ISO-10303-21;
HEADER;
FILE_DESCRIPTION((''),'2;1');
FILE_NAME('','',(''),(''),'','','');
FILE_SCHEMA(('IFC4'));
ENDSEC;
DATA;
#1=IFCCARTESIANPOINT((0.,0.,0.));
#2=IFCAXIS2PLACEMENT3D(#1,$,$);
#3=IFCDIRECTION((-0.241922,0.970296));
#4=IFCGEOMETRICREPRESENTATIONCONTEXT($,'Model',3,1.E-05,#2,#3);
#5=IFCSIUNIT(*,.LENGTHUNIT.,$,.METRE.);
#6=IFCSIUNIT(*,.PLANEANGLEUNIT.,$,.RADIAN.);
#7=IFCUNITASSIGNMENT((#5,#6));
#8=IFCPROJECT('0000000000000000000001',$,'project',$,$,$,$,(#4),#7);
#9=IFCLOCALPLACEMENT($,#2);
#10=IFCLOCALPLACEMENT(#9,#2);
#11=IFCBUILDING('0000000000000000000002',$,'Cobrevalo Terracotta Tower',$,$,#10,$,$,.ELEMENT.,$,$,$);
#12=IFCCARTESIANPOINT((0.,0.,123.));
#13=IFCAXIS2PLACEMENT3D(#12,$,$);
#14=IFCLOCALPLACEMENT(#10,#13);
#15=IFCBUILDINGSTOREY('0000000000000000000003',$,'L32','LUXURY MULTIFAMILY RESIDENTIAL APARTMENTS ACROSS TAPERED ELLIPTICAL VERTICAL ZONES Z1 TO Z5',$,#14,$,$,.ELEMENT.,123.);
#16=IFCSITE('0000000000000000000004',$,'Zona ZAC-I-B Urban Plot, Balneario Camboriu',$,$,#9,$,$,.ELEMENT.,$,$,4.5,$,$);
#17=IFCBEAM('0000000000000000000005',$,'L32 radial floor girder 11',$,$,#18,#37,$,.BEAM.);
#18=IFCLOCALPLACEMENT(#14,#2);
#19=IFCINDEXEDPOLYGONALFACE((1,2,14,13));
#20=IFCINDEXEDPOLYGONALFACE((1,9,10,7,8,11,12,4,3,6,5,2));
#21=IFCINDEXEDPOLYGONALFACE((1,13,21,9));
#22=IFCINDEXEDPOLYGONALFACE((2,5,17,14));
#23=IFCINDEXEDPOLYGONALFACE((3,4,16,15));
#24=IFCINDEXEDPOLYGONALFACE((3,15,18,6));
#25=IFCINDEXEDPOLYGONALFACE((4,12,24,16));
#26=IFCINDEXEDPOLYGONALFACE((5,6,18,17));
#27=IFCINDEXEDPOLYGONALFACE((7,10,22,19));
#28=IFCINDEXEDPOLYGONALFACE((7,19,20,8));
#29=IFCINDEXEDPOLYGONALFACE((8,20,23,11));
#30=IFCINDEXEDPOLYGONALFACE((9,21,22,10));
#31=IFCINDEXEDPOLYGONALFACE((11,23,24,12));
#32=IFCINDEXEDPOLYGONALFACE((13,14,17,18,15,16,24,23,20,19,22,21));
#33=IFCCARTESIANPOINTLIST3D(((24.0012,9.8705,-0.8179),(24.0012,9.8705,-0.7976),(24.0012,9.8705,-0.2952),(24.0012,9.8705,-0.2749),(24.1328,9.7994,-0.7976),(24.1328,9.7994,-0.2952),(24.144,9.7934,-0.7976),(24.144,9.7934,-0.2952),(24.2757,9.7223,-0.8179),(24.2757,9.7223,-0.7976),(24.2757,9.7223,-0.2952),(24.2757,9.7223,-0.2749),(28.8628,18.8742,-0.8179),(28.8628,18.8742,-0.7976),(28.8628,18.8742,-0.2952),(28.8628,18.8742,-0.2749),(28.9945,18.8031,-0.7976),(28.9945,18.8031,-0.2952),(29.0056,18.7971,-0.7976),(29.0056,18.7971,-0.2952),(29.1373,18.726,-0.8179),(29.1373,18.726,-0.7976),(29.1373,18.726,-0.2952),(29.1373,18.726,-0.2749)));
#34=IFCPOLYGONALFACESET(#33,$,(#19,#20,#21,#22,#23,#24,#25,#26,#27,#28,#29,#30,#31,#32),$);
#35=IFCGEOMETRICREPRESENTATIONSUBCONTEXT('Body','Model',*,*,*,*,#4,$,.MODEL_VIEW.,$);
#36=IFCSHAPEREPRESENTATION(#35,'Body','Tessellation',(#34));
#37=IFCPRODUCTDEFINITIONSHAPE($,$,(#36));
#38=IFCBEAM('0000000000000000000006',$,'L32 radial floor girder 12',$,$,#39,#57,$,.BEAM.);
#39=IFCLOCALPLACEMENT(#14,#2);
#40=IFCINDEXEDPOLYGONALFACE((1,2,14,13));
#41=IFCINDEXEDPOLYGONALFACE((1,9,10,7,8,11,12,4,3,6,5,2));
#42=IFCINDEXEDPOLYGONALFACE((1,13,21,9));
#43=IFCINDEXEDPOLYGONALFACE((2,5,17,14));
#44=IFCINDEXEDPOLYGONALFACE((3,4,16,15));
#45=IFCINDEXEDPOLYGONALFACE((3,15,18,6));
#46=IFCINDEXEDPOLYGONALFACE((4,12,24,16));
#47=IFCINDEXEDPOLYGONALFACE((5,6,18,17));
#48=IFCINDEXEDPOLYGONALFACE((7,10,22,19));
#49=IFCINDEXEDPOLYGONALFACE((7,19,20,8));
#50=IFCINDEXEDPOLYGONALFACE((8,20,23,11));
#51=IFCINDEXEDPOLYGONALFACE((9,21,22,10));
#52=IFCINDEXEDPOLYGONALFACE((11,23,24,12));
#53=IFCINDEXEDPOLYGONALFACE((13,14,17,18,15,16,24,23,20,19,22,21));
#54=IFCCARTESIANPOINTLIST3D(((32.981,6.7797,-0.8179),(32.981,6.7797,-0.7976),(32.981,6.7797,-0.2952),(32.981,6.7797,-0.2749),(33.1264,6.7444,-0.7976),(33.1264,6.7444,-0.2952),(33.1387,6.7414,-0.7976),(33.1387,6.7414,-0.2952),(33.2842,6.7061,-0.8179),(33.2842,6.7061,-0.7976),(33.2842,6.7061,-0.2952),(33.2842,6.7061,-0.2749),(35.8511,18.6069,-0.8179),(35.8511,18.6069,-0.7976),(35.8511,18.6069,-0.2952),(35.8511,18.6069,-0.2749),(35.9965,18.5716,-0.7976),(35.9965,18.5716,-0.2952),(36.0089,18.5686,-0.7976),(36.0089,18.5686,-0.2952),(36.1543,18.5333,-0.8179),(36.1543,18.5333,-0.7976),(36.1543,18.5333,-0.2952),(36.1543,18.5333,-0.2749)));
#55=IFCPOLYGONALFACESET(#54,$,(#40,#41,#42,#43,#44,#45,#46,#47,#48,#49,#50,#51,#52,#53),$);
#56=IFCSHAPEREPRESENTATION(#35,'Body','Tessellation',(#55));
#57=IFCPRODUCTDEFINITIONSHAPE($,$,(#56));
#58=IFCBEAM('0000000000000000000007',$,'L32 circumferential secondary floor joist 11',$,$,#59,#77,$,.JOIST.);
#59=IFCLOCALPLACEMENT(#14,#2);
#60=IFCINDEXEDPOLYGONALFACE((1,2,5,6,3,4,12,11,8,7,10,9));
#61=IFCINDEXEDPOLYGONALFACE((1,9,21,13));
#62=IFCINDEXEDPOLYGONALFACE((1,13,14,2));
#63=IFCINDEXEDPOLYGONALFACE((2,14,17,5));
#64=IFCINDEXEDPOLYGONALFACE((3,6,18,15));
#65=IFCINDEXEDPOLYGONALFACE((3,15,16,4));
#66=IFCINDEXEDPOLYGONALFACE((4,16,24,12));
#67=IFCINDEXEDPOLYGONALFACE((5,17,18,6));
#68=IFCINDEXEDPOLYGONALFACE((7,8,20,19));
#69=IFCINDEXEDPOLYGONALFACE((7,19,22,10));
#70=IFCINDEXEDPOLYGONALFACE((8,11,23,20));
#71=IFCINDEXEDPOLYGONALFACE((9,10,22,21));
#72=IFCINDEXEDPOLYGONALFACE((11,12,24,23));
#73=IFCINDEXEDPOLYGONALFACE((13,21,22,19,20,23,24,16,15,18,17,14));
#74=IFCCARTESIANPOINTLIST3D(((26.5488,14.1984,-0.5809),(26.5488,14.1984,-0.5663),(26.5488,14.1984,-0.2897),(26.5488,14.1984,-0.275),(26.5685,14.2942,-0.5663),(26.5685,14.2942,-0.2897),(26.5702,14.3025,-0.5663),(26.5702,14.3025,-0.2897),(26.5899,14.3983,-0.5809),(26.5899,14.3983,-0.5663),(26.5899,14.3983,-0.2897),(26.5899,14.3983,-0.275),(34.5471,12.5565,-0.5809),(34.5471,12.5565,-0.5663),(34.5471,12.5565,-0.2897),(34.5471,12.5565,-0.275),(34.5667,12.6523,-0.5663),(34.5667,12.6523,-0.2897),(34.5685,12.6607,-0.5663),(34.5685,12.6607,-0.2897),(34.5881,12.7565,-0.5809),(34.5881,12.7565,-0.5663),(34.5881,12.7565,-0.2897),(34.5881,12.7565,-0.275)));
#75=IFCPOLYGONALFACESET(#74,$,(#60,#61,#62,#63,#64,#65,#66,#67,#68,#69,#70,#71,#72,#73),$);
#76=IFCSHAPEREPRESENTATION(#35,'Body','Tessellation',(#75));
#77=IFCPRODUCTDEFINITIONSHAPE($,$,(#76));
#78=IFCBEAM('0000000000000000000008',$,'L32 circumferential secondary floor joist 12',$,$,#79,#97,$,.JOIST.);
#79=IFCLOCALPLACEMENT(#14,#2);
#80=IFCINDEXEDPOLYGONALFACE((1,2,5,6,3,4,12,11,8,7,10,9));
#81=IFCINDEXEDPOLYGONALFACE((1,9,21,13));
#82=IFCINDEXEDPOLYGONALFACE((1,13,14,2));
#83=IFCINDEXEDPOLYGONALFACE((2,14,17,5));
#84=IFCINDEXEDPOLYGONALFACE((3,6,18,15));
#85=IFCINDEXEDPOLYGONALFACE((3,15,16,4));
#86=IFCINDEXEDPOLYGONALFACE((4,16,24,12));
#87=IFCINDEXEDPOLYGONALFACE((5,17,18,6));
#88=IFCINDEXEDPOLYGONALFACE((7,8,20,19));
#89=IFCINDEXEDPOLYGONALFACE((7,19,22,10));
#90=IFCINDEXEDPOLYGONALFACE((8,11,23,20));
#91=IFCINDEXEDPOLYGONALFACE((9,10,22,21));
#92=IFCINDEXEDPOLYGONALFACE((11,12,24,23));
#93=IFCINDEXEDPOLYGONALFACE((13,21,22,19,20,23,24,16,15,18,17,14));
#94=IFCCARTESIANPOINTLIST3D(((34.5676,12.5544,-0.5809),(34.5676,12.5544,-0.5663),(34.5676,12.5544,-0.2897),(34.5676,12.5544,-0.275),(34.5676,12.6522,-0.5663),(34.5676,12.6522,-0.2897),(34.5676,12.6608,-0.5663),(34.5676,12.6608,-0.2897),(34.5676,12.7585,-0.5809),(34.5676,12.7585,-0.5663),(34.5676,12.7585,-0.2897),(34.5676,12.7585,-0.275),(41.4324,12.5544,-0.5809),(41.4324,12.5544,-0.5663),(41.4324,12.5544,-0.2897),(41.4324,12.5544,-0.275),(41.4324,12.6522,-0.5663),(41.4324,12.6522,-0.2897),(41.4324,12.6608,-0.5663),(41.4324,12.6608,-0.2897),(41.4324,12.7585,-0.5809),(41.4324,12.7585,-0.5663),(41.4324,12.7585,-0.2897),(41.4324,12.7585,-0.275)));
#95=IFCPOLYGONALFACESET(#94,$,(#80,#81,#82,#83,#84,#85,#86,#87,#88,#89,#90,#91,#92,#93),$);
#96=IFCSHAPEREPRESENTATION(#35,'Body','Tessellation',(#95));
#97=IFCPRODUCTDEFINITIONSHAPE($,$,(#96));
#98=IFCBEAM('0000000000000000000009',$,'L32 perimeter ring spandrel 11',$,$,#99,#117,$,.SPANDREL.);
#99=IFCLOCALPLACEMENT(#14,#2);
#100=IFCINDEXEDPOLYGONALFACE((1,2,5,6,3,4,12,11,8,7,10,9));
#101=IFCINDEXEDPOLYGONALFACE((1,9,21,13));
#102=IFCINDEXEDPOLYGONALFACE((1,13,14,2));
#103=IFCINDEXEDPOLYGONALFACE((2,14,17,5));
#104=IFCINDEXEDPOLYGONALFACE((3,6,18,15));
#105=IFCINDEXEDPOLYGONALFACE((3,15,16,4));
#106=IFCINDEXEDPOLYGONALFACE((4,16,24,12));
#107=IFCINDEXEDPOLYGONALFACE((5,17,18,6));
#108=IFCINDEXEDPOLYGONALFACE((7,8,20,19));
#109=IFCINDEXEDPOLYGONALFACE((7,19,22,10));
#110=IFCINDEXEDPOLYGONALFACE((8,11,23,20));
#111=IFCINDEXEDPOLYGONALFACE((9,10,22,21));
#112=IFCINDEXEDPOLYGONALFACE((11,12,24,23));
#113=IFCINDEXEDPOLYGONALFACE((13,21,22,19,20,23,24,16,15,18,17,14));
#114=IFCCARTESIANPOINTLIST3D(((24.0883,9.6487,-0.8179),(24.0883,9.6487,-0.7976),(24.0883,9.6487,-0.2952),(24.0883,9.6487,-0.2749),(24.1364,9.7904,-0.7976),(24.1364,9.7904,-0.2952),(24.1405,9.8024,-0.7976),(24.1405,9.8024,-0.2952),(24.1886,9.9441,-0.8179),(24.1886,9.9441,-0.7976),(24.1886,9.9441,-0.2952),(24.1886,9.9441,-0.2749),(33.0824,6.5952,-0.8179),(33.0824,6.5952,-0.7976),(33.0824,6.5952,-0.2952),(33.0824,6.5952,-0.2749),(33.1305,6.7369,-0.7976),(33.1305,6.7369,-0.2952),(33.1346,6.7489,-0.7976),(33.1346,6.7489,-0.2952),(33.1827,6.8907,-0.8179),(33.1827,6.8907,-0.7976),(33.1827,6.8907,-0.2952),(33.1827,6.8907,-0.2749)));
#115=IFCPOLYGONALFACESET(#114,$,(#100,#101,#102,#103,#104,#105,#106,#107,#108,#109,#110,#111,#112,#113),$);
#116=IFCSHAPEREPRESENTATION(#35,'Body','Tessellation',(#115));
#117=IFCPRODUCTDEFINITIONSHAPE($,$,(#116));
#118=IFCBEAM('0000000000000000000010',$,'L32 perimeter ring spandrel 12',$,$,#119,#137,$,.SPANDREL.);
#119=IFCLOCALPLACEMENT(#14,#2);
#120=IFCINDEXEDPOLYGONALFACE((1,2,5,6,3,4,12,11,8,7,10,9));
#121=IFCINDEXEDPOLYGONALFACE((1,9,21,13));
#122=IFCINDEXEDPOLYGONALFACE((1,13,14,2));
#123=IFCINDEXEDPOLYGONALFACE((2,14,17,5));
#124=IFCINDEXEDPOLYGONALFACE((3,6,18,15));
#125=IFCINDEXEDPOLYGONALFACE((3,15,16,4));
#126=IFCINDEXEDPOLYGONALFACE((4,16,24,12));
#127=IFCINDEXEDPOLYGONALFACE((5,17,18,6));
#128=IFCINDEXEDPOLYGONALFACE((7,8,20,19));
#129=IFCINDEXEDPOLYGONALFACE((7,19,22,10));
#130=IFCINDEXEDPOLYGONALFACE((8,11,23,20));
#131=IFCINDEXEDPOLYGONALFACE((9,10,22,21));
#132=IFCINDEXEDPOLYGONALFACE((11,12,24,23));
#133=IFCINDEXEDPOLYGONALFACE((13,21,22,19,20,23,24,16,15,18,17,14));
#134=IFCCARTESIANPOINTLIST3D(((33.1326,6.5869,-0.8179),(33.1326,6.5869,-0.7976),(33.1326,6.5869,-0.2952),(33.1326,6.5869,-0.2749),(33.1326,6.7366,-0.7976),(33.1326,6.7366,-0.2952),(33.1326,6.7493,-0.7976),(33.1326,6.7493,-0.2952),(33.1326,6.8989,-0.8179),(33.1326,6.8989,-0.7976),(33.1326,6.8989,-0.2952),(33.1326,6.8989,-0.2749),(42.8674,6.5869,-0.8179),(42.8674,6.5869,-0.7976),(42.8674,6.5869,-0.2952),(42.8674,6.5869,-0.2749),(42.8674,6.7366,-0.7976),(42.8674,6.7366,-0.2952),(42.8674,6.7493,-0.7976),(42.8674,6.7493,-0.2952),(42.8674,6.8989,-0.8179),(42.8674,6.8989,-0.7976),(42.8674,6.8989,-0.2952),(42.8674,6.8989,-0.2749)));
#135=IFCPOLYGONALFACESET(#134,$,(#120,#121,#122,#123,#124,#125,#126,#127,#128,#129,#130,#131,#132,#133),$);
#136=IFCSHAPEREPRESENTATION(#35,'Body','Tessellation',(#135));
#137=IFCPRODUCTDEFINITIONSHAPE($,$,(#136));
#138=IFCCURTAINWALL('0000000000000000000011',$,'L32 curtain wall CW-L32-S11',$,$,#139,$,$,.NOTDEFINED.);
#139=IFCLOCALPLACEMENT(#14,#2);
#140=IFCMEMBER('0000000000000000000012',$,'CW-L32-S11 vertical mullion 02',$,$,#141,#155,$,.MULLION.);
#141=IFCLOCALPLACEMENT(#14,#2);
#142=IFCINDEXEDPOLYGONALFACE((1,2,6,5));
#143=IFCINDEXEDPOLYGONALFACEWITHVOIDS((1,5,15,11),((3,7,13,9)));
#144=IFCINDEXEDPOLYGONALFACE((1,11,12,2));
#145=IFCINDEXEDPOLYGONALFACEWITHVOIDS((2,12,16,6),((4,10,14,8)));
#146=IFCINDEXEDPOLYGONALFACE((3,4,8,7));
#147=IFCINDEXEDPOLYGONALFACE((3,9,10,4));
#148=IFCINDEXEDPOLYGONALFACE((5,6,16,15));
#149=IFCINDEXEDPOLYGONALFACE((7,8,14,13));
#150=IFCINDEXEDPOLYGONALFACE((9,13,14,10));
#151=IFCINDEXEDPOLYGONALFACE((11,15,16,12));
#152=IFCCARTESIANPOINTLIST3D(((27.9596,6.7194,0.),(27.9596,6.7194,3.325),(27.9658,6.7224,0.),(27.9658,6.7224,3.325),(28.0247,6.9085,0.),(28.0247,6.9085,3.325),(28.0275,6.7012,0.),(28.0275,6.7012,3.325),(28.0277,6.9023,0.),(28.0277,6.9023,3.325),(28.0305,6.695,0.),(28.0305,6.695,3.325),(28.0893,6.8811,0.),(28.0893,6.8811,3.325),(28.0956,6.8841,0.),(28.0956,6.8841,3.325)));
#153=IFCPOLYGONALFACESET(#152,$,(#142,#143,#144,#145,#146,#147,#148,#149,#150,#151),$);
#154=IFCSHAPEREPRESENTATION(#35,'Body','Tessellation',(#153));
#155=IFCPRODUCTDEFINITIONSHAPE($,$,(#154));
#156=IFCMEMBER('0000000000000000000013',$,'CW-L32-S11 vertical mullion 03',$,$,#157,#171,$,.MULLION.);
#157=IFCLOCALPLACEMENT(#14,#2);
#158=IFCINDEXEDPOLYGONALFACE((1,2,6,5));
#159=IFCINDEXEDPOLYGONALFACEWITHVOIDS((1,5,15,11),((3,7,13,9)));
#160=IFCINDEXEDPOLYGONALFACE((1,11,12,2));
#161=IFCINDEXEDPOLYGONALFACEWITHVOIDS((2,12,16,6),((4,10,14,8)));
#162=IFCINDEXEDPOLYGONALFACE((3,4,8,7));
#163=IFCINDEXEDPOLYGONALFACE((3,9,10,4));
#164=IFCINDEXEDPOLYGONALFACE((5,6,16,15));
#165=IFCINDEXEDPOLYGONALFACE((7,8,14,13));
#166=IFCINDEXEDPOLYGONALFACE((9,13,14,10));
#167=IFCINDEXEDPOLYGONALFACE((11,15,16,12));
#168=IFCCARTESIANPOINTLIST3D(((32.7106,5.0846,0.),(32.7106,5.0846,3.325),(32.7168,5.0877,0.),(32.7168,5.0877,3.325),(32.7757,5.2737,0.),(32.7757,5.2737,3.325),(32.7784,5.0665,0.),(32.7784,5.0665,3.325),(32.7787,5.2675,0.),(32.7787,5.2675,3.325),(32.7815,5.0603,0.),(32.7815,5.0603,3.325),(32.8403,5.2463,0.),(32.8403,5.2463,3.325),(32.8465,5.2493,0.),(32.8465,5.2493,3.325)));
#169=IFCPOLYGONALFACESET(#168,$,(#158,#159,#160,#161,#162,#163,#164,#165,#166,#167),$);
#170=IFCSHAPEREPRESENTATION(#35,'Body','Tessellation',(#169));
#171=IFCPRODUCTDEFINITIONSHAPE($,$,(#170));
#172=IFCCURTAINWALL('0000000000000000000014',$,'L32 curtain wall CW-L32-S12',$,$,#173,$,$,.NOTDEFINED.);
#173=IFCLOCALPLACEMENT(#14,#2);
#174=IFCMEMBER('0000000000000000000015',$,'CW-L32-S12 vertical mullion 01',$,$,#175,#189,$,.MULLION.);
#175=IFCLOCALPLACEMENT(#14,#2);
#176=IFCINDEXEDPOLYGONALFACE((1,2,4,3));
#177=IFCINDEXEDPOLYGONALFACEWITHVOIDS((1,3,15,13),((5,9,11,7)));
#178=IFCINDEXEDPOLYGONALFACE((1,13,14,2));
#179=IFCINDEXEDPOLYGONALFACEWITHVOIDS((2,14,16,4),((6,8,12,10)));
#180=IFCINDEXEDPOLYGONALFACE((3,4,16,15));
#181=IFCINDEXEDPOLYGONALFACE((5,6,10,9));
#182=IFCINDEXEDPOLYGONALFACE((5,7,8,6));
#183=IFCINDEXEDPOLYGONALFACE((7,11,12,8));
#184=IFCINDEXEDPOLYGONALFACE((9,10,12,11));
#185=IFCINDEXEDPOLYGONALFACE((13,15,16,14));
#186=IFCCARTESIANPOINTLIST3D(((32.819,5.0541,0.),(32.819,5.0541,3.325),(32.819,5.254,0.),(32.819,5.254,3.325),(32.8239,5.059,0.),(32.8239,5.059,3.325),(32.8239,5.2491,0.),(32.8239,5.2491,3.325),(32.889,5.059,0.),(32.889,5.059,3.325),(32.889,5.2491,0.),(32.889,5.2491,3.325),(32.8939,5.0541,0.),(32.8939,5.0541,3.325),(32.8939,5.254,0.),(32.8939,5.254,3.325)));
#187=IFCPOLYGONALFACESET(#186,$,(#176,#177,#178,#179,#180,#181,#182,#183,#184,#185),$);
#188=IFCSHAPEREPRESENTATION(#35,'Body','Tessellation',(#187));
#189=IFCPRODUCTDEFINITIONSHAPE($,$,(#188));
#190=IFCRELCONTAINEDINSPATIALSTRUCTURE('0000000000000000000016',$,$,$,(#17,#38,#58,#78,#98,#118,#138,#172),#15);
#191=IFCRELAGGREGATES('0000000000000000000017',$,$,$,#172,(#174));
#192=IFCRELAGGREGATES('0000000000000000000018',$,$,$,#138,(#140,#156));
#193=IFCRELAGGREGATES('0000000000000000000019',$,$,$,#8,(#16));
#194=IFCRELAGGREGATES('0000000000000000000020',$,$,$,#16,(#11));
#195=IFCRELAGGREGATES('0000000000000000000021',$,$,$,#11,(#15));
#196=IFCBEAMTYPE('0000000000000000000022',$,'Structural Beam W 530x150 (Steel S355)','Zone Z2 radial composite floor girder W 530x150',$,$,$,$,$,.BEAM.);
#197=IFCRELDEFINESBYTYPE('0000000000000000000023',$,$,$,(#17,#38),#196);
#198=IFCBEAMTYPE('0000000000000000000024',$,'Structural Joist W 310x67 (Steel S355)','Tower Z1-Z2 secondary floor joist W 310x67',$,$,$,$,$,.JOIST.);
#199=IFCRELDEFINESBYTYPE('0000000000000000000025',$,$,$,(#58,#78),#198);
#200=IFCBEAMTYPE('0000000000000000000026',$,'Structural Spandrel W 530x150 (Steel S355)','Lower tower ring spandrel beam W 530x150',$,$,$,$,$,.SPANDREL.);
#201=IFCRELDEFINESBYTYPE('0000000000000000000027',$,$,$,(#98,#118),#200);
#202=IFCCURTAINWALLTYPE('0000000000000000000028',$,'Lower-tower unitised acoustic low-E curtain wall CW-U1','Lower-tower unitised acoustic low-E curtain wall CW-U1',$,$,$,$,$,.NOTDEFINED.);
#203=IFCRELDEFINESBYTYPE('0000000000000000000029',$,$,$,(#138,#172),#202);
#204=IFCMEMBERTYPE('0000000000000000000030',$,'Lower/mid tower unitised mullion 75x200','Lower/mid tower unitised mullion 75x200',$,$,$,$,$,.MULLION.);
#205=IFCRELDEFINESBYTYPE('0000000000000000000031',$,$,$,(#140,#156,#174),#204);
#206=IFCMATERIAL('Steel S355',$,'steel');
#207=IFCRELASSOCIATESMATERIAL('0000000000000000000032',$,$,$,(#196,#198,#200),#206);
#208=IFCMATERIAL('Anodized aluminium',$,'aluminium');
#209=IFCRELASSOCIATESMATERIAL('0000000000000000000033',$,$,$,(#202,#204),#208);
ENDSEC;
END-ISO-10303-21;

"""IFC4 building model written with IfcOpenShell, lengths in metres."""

from ifc_helpers import new_model, si_unit, direction, frame, origin, origin_2d, place, context, subcontext, project, spatial, hollow_rectangle, i_section, extrude, source, transform, mapped, material, material_profile, profile_set, type_object, element, aggregate, save


model = new_model("IFC4")

# Units and contexts
model_context = context("Model", 3, precision=1e-05, world=origin(), true_north=direction((-0.241922, 0.970296)))
body_context = subcontext(model_context, "Body", "Model", "MODEL_VIEW")
ifc_project = project(units=[si_unit("LENGTHUNIT", "METRE"), si_unit("PLANEANGLEUNIT", "RADIAN")], contexts=[model_context])

# Site, building, storey
site_placement = place(None, origin())
site = spatial("IfcSite", under=ifc_project, at=site_placement, Name="Zona ZAC-I-B Urban Plot, Balneario Camboriu", CompositionType="ELEMENT", RefElevation=4.5)
building_placement = place(site_placement, origin())
building = spatial("IfcBuilding", under=site, at=building_placement, Name="Cobrevalo Terracotta Tower", CompositionType="ELEMENT")
storey_placement = place(building_placement, frame((0.0, 0.0, 123.0)))
storey = spatial("IfcBuildingStorey", under=building, at=storey_placement, Name="L32", Description="LUXURY MULTIFAMILY RESIDENTIAL APARTMENTS ACROSS TAPERED ELLIPTICAL VERTICAL ZONES Z1 TO Z5", CompositionType="ELEMENT", Elevation=123.0)

# Shared definitions
ifc_material_1 = material(Name="Steel S355", Category="steel")

# Beams
ifc_material_profile_1 = material_profile(ifc_material_1, i_section(OverallWidth=0.312, OverallDepth=0.543, WebThickness=0.0127, FlangeThickness=0.0203, at=origin_2d()), Name="W 530x150")
ifc_profile_set_1 = profile_set([ifc_material_profile_1], Name="Steel S355")
beam_type_1 = type_object("IfcBeamType", Name="Structural Beam W 530x150 (Steel S355)", Description="Zone Z2 radial composite floor girder W 530x150", PredefinedType="BEAM", material=ifc_profile_set_1)
beam_1_placement = place(storey_placement, frame((24.1384, 9.7964, -0.5464), z_axis=(0.475118, 0.879922, 0.0), x_axis=(-0.879922, 0.475118, 0.0)))
element("IfcBeam", 1, at=beam_1_placement, inside=storey, type_object=beam_type_1, Name="L32 radial floor girder 11", PredefinedType="BEAM", context=body_context, shape_type="SweptSolid", body=[
    extrude(i_section(OverallWidth=0.312, OverallDepth=0.543, WebThickness=0.0127, FlangeThickness=0.0203, at=origin_2d()), origin(), (0.0, 0.0, 1.0), 10.2324),
])
beam_2_placement = place(storey_placement, frame((33.1326, 6.7429, -0.5464), z_axis=(0.235827, 0.971795, 0.0), x_axis=(-0.971795, 0.235827, 0.0)))
element("IfcBeam", 2, at=beam_2_placement, inside=storey, type_object=beam_type_1, Name="L32 radial floor girder 12", PredefinedType="BEAM", context=body_context, shape_type="SweptSolid", body=[
    extrude(i_section(OverallWidth=0.312, OverallDepth=0.543, WebThickness=0.0127, FlangeThickness=0.0203, at=origin_2d()), origin(), (0.0, 0.0, 1.0), 12.1704),
])
ifc_material_profile_2 = material_profile(ifc_material_1, i_section(OverallWidth=0.2041, OverallDepth=0.3059, WebThickness=0.0085, FlangeThickness=0.0146, at=origin_2d()), Name="W 310x67")
ifc_profile_set_2 = profile_set([ifc_material_profile_2], Name="Steel S355")
beam_type_2 = type_object("IfcBeamType", Name="Structural Joist W 310x67 (Steel S355)", Description="Tower Z1-Z2 secondary floor joist W 310x67", PredefinedType="JOIST", material=ifc_profile_set_2)
beam_3_placement = place(storey_placement, frame((26.5693, 14.2983, -0.428), z_axis=(0.979574, -0.201082, 0.0), x_axis=(0.201082, 0.979574, 0.0)))
element("IfcBeam", 3, at=beam_3_placement, inside=storey, type_object=beam_type_2, Name="L32 circumferential secondary floor joist 11", PredefinedType="JOIST", context=body_context, shape_type="SweptSolid", body=[
    extrude(i_section(OverallWidth=0.2041, OverallDepth=0.3059, WebThickness=0.0085, FlangeThickness=0.0146, at=origin_2d()), origin(), (0.0, 0.0, 1.0), 8.165),
])
beam_4_placement = place(storey_placement, frame((34.5676, 12.6565, -0.428), z_axis=(1.0, 0.0, 0.0), x_axis=(0.0, 1.0, 0.0)))
element("IfcBeam", 4, at=beam_4_placement, inside=storey, type_object=beam_type_2, Name="L32 circumferential secondary floor joist 12", PredefinedType="JOIST", context=body_context, shape_type="SweptSolid", body=[
    extrude(i_section(OverallWidth=0.2041, OverallDepth=0.3059, WebThickness=0.0085, FlangeThickness=0.0146, at=origin_2d()), origin(), (0.0, 0.0, 1.0), 6.8647),
])
ifc_material_profile_3 = material_profile(ifc_material_1, i_section(OverallWidth=0.312, OverallDepth=0.543, WebThickness=0.0127, FlangeThickness=0.0203, at=origin_2d()), Name="W 530x150")
ifc_profile_set_3 = profile_set([ifc_material_profile_3], Name="Steel S355")
beam_type_3 = type_object("IfcBeamType", Name="Structural Spandrel W 530x150 (Steel S355)", Description="Lower tower ring spandrel beam W 530x150", PredefinedType="SPANDREL", material=ifc_profile_set_3)
beam_5_placement = place(storey_placement, frame((24.1384, 9.7964, -0.5464), z_axis=(0.946918, -0.321474, 0.0), x_axis=(0.321474, 0.946918, 0.0)))
element("IfcBeam", 5, at=beam_5_placement, inside=storey, type_object=beam_type_3, Name="L32 perimeter ring spandrel 11", PredefinedType="SPANDREL", context=body_context, shape_type="SweptSolid", body=[
    extrude(i_section(OverallWidth=0.312, OverallDepth=0.543, WebThickness=0.0127, FlangeThickness=0.0203, at=origin_2d()), origin(), (0.0, 0.0, 1.0), 9.4983),
])
beam_6_placement = place(storey_placement, frame((33.1326, 6.7429, -0.5464), z_axis=(1.0, 0.0, 0.0), x_axis=(0.0, 1.0, 0.0)))
element("IfcBeam", 6, at=beam_6_placement, inside=storey, type_object=beam_type_3, Name="L32 perimeter ring spandrel 12", PredefinedType="SPANDREL", context=body_context, shape_type="SweptSolid", body=[
    extrude(i_section(OverallWidth=0.312, OverallDepth=0.543, WebThickness=0.0127, FlangeThickness=0.0203, at=origin_2d()), origin(), (0.0, 0.0, 1.0), 9.7349),
])

# Curtain wall, members
ifc_material_2 = material(Name="Anodized aluminium", Category="aluminium")
curtain_wall_type = type_object("IfcCurtainWallType", Name="Lower-tower unitised acoustic low-E curtain wall CW-U1", Description="Lower-tower unitised acoustic low-E curtain wall CW-U1", PredefinedType="NOTDEFINED", material=ifc_material_2)
curtain_wall_1_placement = place(storey_placement, origin())
curtain_wall_1 = element("IfcCurtainWall", 7, at=curtain_wall_1_placement, inside=storey, type_object=curtain_wall_type, Name="L32 curtain wall CW-L32-S11", PredefinedType="NOTDEFINED")
ifc_material_profile_4 = material_profile(ifc_material_2, hollow_rectangle(XDim=0.075, YDim=0.2, WallThickness=0.0049, at=origin_2d()), Name="CWM 75x200")
ifc_profile_set_4 = profile_set([ifc_material_profile_4], Name="Anodized aluminium")
member_type_1 = type_object("IfcMemberType", Name="Lower/mid tower unitised mullion 75x200", Description="Lower/mid tower unitised mullion 75x200", PredefinedType="MULLION", material=ifc_profile_set_4)
shared_shape_1 = source(origin(), body_context, "Body", "SweptSolid", [
    extrude(hollow_rectangle(XDim=0.075, YDim=0.2, WallThickness=0.0049, at=origin_2d()), origin(), (0.0, 0.0, 1.0), 3.325),
])
member_1_placement = place(storey_placement, frame((28.0276, 6.8018, 0.0), z_axis=(0.0, 0.0, 1.0), x_axis=(0.945598, -0.325337, 0.0)))
member_1 = element("IfcMember", 8, at=member_1_placement, type_object=member_type_1, Name="CW-L32-S11 vertical mullion 02", PredefinedType="MULLION", context=body_context, shape_type="MappedRepresentation", body=[
    mapped(shared_shape_1, transform((0.0, 0.0, 0.0), scale=1.0)),
])
member_2_placement = place(storey_placement, frame((32.7786, 5.167, 0.0), z_axis=(0.0, 0.0, 1.0), x_axis=(0.945598, -0.325337, 0.0)))
member_2 = element("IfcMember", 9, at=member_2_placement, type_object=member_type_1, Name="CW-L32-S11 vertical mullion 03", PredefinedType="MULLION", context=body_context, shape_type="MappedRepresentation", body=[
    mapped(shared_shape_1, transform((0.0, 0.0, 0.0), scale=1.0)),
])

# Curtain wall, member
curtain_wall_2_placement = place(storey_placement, origin())
curtain_wall_2 = element("IfcCurtainWall", 10, at=curtain_wall_2_placement, inside=storey, type_object=curtain_wall_type, Name="L32 curtain wall CW-L32-S12", PredefinedType="NOTDEFINED")
member_3_placement = place(storey_placement, frame((32.8564, 5.1541, 0.0), z_axis=(0.0, 0.0, 1.0), x_axis=(1.0, 0.0, 0.0)))
member_3 = element("IfcMember", 11, at=member_3_placement, type_object=member_type_1, Name="CW-L32-S12 vertical mullion 01", PredefinedType="MULLION", context=body_context, shape_type="MappedRepresentation", body=[
    mapped(shared_shape_1, transform((0.0, 0.0, 0.0), scale=1.0)),
])

aggregate(curtain_wall_2, [member_3])

aggregate(curtain_wall_1, [member_1, member_2])

save(model, "model.ifc")
